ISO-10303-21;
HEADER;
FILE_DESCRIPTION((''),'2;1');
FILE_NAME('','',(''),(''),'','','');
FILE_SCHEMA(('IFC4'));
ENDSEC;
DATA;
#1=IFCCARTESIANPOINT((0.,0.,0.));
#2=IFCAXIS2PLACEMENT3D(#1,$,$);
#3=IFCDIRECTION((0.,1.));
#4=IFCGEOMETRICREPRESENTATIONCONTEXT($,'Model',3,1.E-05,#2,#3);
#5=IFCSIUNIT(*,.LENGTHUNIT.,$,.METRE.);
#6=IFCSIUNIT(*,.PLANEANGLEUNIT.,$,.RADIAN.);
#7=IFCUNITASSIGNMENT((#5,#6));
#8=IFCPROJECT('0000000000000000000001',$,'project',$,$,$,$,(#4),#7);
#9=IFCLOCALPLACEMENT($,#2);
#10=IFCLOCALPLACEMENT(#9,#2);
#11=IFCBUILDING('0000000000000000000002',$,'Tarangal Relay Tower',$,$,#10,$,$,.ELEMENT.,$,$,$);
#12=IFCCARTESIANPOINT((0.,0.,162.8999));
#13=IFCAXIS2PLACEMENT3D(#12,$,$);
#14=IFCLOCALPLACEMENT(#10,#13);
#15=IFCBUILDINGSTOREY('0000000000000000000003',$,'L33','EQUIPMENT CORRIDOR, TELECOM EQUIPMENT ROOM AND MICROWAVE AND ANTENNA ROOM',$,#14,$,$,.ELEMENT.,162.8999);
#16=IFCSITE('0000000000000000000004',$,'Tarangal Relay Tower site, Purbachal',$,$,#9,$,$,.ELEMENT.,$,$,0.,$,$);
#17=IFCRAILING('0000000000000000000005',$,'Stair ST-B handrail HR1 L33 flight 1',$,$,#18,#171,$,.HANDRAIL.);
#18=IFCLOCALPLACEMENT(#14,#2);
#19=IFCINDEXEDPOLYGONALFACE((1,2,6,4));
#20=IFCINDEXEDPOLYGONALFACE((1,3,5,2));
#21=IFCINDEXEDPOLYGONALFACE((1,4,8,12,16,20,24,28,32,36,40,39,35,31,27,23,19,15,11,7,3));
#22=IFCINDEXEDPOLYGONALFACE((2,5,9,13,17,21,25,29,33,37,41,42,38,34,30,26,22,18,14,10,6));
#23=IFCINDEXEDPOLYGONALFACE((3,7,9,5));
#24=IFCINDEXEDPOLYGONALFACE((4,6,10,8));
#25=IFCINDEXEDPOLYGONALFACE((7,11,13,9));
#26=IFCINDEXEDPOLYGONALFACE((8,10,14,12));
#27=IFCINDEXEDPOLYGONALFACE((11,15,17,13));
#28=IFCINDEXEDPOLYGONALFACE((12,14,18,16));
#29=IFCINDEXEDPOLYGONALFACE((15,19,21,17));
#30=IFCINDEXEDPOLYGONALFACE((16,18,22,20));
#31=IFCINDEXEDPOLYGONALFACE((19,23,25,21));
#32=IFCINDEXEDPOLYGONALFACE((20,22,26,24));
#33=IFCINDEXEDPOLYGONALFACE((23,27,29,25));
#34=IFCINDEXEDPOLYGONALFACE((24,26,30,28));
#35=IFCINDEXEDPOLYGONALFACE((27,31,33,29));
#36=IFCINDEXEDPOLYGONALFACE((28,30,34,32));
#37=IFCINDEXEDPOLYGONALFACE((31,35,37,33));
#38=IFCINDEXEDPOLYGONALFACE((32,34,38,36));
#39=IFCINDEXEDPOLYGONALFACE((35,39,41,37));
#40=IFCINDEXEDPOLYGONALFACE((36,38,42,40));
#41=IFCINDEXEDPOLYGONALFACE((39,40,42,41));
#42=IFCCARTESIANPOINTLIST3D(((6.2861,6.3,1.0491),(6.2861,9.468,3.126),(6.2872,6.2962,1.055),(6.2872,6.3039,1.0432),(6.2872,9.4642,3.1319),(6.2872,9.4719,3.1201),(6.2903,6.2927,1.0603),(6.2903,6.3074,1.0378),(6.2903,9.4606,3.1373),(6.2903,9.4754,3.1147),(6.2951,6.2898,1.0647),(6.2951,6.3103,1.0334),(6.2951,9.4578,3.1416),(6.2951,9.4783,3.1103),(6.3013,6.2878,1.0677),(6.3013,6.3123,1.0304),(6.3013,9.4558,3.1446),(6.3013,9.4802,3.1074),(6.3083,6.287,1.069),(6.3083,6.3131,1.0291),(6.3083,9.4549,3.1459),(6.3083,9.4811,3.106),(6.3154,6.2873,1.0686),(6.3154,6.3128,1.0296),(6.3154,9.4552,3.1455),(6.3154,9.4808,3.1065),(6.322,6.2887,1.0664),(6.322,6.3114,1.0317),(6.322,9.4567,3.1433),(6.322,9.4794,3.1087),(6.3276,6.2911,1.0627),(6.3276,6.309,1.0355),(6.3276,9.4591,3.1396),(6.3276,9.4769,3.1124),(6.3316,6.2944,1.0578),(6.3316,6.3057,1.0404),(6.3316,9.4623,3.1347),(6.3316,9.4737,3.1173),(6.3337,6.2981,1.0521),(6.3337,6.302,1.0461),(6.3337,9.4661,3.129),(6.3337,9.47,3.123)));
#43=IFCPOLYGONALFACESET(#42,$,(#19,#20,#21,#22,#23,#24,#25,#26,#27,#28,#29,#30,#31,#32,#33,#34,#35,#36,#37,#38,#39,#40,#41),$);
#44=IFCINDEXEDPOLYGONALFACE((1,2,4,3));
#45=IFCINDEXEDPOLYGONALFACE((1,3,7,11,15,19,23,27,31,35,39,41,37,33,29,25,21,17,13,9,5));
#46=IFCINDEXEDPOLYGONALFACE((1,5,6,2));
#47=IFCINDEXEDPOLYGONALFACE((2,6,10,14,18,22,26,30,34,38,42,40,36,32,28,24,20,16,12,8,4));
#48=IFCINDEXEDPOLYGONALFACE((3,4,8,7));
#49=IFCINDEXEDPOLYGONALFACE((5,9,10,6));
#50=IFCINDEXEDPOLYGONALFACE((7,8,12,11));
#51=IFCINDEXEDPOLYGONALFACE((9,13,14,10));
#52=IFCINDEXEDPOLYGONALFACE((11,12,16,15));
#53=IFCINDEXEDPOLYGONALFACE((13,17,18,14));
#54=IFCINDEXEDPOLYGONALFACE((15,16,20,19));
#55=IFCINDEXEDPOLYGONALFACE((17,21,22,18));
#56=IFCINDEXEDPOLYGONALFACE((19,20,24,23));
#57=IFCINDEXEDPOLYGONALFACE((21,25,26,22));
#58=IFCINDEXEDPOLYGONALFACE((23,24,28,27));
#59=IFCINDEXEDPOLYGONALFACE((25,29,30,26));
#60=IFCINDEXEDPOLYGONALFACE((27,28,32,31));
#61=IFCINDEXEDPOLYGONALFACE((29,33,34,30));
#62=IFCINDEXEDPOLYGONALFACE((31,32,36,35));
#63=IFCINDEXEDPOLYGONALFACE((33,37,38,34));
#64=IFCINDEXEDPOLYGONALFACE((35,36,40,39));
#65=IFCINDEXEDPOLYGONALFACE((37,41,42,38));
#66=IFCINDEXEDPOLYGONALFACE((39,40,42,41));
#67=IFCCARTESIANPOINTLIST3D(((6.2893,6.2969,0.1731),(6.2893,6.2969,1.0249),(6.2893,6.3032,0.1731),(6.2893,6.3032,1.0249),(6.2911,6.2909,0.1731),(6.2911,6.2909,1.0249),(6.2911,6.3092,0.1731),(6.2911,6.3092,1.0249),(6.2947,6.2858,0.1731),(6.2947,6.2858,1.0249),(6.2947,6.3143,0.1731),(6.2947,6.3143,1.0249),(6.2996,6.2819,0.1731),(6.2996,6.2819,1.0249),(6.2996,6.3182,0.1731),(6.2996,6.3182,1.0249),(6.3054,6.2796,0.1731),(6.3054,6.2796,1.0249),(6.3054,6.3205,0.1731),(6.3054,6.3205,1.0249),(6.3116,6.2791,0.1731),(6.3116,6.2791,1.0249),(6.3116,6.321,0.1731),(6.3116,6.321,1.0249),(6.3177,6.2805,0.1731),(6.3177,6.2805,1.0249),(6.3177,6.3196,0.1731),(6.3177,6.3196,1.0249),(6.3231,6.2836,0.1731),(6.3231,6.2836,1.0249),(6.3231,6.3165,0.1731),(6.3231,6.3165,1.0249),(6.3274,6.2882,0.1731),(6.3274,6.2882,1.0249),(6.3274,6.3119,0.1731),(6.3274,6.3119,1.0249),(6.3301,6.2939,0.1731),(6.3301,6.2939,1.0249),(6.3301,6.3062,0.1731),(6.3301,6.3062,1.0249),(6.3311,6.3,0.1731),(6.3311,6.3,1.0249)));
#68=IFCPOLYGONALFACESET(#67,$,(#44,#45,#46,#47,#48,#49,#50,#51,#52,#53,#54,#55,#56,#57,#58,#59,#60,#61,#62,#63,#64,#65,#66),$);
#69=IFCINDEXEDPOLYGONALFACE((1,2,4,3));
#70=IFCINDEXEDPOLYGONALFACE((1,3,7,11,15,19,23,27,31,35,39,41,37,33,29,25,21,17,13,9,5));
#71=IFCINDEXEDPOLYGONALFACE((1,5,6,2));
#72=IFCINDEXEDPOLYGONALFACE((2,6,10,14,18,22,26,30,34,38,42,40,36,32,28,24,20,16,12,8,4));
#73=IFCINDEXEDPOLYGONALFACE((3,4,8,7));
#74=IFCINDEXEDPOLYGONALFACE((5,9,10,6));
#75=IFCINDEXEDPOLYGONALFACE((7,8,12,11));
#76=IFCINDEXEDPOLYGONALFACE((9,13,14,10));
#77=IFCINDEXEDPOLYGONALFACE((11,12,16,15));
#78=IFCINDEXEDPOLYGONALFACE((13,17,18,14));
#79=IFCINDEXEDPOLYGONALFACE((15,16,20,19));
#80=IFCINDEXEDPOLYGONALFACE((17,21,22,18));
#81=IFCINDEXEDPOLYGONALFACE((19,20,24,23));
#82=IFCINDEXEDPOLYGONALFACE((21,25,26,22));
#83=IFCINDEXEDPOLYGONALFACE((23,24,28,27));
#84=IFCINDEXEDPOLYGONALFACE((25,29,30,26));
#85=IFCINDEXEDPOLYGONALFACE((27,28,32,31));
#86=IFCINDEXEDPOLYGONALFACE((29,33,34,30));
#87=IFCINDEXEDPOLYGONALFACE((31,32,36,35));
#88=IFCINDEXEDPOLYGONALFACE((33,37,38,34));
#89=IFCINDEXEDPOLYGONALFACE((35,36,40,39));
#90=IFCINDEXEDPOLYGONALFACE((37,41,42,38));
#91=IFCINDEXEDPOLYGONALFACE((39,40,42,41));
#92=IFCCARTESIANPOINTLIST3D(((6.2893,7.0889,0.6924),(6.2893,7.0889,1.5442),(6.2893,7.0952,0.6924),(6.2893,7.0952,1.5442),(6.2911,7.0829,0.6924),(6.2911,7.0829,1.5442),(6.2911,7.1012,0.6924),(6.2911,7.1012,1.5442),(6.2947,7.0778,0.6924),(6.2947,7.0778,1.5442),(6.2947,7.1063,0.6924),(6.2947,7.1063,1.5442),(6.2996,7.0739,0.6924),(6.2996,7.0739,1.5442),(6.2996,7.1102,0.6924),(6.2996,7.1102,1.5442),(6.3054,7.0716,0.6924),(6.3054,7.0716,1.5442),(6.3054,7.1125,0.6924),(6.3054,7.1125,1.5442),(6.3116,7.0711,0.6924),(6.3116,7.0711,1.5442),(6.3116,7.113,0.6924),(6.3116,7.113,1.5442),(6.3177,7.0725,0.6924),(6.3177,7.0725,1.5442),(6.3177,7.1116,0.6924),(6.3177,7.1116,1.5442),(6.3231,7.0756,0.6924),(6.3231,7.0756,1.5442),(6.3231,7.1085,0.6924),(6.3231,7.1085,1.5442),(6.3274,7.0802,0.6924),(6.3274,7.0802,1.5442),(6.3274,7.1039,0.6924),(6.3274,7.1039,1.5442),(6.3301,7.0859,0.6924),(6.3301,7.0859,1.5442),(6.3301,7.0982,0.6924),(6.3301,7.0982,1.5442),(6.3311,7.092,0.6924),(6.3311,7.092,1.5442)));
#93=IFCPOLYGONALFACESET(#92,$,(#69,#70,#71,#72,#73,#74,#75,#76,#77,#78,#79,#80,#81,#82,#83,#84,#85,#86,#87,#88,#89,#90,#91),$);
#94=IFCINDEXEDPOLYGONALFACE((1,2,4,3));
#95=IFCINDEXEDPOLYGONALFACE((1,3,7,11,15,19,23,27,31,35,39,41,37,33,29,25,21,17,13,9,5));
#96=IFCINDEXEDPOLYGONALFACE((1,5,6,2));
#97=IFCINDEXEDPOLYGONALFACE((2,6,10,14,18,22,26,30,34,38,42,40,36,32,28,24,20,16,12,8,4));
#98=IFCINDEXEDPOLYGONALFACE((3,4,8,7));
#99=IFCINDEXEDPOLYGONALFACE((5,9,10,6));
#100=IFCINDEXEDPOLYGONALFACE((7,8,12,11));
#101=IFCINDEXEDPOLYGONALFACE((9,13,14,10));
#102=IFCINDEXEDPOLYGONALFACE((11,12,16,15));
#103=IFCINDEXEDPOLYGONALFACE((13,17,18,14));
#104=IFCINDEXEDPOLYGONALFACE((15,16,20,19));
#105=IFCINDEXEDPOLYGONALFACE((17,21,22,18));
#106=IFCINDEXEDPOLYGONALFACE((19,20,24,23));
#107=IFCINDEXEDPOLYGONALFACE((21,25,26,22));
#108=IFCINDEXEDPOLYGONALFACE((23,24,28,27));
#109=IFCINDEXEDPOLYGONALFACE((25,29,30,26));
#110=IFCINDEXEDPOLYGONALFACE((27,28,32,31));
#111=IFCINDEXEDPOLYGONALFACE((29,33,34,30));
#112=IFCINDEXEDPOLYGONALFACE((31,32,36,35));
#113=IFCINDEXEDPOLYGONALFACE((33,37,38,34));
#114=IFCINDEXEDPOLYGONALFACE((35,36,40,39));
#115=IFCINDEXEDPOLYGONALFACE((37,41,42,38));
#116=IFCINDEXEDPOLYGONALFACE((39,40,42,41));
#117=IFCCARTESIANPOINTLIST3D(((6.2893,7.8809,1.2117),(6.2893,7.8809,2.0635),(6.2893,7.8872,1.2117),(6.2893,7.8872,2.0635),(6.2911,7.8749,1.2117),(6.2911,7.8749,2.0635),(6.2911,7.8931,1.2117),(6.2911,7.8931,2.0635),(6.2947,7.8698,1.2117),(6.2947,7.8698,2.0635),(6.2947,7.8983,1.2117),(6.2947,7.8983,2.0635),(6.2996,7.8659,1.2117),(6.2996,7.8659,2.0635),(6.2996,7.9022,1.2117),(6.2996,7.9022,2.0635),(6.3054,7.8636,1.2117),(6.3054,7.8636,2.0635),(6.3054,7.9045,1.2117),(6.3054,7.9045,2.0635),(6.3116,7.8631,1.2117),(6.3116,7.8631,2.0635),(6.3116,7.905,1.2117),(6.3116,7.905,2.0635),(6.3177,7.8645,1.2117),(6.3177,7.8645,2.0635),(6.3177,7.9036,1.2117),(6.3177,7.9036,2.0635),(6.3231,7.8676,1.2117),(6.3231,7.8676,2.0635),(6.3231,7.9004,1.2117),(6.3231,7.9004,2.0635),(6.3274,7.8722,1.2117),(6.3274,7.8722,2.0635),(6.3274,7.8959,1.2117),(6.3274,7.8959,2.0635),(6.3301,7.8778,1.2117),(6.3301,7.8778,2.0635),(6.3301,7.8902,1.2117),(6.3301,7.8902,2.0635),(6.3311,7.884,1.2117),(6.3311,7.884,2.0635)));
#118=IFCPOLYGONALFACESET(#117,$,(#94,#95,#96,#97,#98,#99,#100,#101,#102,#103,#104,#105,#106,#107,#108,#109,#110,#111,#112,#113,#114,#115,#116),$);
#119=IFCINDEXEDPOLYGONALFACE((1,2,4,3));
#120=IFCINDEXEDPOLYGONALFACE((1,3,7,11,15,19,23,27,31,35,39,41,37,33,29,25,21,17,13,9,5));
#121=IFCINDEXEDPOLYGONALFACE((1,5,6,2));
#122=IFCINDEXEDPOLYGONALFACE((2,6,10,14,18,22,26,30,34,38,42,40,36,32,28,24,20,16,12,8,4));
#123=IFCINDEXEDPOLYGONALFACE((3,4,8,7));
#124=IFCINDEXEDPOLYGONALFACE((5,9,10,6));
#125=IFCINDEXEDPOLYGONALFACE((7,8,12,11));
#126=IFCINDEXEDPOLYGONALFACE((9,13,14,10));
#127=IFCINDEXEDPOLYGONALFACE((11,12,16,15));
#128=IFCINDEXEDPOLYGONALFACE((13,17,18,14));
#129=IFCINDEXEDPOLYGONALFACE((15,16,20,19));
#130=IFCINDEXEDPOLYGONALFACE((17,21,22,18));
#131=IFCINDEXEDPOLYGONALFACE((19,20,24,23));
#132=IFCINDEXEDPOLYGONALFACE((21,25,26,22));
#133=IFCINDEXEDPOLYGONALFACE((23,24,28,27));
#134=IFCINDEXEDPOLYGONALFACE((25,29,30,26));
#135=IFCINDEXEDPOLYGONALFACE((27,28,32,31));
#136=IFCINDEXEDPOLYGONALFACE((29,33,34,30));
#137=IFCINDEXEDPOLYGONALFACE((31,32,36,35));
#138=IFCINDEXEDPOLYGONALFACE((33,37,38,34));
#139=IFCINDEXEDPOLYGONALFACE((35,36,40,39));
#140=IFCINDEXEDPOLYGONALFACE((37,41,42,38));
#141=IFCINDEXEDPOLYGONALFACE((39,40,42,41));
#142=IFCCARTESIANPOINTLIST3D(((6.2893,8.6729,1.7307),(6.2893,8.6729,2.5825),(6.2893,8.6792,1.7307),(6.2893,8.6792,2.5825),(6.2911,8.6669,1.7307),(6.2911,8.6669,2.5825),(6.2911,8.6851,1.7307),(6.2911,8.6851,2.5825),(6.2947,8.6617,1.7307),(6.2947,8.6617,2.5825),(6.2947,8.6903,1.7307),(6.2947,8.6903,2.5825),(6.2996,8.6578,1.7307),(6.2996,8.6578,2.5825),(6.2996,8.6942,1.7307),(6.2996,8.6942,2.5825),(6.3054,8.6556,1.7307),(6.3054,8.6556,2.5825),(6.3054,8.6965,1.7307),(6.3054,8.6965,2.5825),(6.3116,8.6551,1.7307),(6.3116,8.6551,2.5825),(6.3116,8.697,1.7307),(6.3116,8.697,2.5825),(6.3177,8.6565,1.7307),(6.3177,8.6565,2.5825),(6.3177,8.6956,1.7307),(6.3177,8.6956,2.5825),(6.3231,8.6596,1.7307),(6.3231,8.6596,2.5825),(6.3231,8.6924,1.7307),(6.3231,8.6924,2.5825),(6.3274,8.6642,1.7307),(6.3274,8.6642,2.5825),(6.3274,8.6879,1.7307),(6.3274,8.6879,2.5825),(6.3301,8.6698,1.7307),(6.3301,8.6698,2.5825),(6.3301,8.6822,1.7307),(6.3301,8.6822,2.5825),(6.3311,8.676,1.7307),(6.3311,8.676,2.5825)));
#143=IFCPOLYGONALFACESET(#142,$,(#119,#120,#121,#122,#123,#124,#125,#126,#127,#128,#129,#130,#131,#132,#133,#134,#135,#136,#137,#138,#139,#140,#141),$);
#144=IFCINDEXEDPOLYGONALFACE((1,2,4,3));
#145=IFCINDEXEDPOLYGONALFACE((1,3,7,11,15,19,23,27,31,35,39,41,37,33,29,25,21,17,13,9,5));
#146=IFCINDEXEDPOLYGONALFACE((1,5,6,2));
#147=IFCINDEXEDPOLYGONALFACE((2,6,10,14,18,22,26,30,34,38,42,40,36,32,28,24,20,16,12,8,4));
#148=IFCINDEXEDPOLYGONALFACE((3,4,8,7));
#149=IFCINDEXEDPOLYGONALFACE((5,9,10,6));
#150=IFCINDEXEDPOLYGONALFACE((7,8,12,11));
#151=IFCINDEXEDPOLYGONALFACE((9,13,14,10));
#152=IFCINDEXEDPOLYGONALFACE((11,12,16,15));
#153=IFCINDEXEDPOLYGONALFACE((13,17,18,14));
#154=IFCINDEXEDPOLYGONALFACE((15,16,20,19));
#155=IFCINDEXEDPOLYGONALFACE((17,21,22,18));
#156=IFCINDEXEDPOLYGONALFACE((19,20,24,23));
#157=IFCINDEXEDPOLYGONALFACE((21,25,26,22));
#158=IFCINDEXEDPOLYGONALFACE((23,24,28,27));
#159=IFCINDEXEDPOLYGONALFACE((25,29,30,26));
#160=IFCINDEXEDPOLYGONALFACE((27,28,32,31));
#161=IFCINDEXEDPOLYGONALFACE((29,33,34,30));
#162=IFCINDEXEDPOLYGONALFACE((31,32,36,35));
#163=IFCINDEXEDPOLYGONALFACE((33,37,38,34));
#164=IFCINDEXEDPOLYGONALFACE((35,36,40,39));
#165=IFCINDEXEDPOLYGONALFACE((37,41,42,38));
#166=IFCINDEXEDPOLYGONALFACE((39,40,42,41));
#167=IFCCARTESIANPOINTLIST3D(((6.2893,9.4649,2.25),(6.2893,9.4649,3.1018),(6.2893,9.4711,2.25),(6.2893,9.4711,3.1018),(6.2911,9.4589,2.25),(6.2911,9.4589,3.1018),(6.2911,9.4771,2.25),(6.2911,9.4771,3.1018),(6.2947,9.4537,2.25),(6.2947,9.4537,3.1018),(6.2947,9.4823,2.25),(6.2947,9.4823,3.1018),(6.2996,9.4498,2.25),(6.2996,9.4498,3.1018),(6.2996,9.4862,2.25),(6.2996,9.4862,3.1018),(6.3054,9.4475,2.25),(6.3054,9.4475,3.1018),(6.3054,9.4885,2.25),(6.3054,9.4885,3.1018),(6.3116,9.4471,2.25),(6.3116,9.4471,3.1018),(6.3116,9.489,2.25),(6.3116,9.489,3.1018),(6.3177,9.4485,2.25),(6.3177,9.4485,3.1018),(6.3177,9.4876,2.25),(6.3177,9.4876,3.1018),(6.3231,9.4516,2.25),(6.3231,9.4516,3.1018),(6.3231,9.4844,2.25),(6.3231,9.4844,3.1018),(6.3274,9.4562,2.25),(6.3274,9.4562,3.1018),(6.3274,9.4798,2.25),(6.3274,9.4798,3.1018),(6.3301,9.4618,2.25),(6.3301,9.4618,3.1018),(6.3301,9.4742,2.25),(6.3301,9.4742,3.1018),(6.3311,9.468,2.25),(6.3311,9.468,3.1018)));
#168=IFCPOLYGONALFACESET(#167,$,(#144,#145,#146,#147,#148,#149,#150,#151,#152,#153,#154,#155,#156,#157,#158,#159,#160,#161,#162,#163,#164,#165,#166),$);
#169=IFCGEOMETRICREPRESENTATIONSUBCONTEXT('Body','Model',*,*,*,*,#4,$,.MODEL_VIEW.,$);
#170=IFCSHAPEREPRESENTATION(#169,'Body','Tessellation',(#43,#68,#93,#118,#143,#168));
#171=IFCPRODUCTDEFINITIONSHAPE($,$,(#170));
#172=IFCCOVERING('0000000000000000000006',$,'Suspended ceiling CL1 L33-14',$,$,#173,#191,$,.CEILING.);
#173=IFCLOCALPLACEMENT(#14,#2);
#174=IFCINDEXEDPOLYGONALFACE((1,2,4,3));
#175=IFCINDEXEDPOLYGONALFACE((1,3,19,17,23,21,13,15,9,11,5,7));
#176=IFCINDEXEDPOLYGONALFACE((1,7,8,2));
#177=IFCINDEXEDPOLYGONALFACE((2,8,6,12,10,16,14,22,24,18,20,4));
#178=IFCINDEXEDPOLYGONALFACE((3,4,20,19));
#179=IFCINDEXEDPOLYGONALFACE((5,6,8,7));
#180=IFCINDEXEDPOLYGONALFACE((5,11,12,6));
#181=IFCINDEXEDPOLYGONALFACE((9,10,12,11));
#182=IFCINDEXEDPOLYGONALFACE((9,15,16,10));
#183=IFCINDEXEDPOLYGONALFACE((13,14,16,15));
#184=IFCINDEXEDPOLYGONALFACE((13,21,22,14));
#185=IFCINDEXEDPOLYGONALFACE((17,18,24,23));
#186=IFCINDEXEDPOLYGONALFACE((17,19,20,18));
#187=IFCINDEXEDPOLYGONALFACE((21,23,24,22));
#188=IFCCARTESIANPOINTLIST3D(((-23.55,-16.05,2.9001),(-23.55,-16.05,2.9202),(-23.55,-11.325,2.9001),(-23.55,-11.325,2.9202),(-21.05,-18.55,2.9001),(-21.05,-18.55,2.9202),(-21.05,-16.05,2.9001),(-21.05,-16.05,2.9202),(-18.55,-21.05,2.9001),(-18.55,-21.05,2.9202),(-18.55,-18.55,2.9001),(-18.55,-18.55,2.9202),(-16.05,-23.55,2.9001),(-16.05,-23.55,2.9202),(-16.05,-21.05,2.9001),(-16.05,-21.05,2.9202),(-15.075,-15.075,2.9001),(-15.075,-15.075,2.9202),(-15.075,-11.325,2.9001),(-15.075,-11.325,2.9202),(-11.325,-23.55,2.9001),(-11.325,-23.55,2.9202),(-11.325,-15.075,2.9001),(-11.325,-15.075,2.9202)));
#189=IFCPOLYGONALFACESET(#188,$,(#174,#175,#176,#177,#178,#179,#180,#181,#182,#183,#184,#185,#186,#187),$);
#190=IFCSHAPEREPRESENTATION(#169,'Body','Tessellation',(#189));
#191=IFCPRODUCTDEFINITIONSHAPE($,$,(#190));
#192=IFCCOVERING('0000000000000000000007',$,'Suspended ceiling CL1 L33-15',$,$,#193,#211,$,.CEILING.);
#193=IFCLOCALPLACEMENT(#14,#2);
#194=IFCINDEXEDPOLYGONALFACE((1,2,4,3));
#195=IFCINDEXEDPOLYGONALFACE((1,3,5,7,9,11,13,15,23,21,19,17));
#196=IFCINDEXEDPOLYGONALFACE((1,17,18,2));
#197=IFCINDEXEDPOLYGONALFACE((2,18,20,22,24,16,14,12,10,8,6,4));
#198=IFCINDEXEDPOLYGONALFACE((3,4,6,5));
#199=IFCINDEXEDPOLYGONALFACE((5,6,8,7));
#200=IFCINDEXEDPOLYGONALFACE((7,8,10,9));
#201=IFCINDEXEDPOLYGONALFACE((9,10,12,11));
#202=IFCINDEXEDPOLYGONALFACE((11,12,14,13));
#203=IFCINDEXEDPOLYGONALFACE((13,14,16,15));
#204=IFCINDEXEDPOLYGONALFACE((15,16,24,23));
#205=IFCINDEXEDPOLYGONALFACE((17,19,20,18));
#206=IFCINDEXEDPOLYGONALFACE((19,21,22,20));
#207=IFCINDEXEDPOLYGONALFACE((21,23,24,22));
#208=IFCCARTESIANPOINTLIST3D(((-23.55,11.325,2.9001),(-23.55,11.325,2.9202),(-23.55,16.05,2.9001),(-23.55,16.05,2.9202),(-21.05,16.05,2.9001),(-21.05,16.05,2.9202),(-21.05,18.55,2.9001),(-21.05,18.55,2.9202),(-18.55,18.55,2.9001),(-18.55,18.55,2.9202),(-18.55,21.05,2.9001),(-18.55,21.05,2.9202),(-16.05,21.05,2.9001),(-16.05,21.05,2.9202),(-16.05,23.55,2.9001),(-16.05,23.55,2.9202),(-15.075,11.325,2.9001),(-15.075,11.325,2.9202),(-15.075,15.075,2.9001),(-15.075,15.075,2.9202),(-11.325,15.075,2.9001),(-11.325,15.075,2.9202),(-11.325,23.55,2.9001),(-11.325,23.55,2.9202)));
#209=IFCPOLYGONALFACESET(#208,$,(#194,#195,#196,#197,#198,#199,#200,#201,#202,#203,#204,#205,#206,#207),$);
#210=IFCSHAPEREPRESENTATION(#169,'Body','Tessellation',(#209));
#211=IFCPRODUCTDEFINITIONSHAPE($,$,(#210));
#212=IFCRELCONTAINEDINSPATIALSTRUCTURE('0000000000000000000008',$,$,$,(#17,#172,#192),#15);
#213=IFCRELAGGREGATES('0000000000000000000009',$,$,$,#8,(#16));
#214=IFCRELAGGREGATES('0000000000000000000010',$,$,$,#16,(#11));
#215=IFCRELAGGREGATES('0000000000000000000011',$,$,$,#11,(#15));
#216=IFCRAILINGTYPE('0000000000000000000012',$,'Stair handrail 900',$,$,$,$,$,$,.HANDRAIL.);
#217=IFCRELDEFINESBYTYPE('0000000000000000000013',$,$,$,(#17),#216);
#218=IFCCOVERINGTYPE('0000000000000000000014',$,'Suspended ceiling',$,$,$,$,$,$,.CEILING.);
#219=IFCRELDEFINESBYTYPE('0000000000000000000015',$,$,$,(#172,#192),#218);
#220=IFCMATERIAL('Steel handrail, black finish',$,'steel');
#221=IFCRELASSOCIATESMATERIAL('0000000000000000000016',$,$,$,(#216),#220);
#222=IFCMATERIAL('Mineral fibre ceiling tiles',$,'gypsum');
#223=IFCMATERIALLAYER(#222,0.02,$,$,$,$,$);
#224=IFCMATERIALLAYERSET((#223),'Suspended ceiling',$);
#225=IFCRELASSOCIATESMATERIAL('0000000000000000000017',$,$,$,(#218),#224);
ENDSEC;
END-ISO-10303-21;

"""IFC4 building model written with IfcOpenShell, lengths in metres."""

from ifc_helpers import new_model, si_unit, direction, frame, origin, origin_2d, place, context, subcontext, project, spatial, polyline, circle, outline, extrude, material, layer, layer_set, type_object, element, save


model = new_model("IFC4")

# Units and contexts
model_context = context("Model", 3, precision=1e-05, world=origin(), true_north=direction((0.0, 1.0)))
body_context = subcontext(model_context, "Body", "Model", "MODEL_VIEW")
ifc_project = project(units=[si_unit("LENGTHUNIT", "METRE"), si_unit("PLANEANGLEUNIT", "RADIAN")], contexts=[model_context])

# Site, building, storey
site_placement = place(None, origin())
site = spatial("IfcSite", under=ifc_project, at=site_placement, Name="Tarangal Relay Tower site, Purbachal", CompositionType="ELEMENT", RefElevation=0.0)
building_placement = place(site_placement, origin())
building = spatial("IfcBuilding", under=site, at=building_placement, Name="Tarangal Relay Tower", CompositionType="ELEMENT")
storey_placement = place(building_placement, frame((0.0, 0.0, 162.8999)))
storey = spatial("IfcBuildingStorey", under=building, at=storey_placement, Name="L33", Description="EQUIPMENT CORRIDOR, TELECOM EQUIPMENT ROOM AND MICROWAVE AND ANTENNA ROOM", CompositionType="ELEMENT", Elevation=162.8999)

# Railing
ifc_material_1 = material(Name="Steel handrail, black finish", Category="steel")
railing_type_1 = type_object("IfcRailingType", Name="Stair handrail 900", PredefinedType="HANDRAIL", material=ifc_material_1)
railing_1_placement = place(storey_placement, frame((6.3101, 6.3, 0.1731)))
element("IfcRailing", 1, at=railing_1_placement, inside=storey, type_object=railing_type_1, Name="Stair ST-B handrail HR1 L33 flight 1", PredefinedType="HANDRAIL", context=body_context, shape_type="SweptSolid", body=[
    extrude(circle(Radius=0.0239, at=origin_2d()), frame((0.0, 0.0, 0.876), z_axis=(0.0, 0.836299, 0.548273), x_axis=(-1.0, 0.0, 0.0)), (0.0, 0.0, 1.0), 3.7881),
    extrude(circle(Radius=0.021, at=origin_2d()), origin(), (0.0, 0.0, 1.0), 0.8518),
    extrude(circle(Radius=0.021, at=origin_2d()), frame((0.0, 0.792, 0.5193)), (0.0, 0.0, 1.0), 0.8518),
    extrude(circle(Radius=0.021, at=origin_2d()), frame((0.0, 1.584, 1.0386)), (0.0, 0.0, 1.0), 0.8518),
    extrude(circle(Radius=0.021, at=origin_2d()), frame((0.0, 2.376, 1.5576)), (0.0, 0.0, 1.0), 0.8518),
    extrude(circle(Radius=0.021, at=origin_2d()), frame((0.0, 3.168, 2.0769)), (0.0, 0.0, 1.0), 0.8518),
])

# Coverings
ifc_material_2 = material(Name="Mineral fibre ceiling tiles", Category="gypsum")
ifc_layer_1 = layer(ifc_material_2, 0.02)
ifc_layer_set_1 = layer_set([ifc_layer_1], Name="Suspended ceiling")
covering_type_1 = type_object("IfcCoveringType", Name="Suspended ceiling", PredefinedType="CEILING", material=ifc_layer_set_1)
covering_1_placement = place(storey_placement, frame((0.0, 0.0, 2.9001)))
element("IfcCovering", 2, at=covering_1_placement, inside=storey, type_object=covering_type_1, Name="Suspended ceiling CL1 L33-14", PredefinedType="CEILING", context=body_context, shape_type="SweptSolid", body=[
    extrude(outline(polyline([(-16.05, -21.05), (-16.05, -23.55), (-11.325, -23.55), (-11.325, -15.075), (-15.075, -15.075), (-15.075, -11.325), (-23.55, -11.325), (-23.55, -16.05), (-21.05, -16.05), (-21.05, -18.55), (-18.55, -18.55), (-18.55, -21.05), (-16.05, -21.05)])), origin(), (0.0, 0.0, 1.0), 0.02),
])
covering_2_placement = place(storey_placement, frame((0.0, 0.0, 2.9001)))
element("IfcCovering", 3, at=covering_2_placement, inside=storey, type_object=covering_type_1, Name="Suspended ceiling CL1 L33-15", PredefinedType="CEILING", context=body_context, shape_type="SweptSolid", body=[
    extrude(outline(polyline([(-21.05, 16.05), (-23.55, 16.05), (-23.55, 11.325), (-15.075, 11.325), (-15.075, 15.075), (-11.325, 15.075), (-11.325, 23.55), (-16.05, 23.55), (-16.05, 21.05), (-18.55, 21.05), (-18.55, 18.55), (-21.05, 18.55), (-21.05, 16.05)])), origin(), (0.0, 0.0, 1.0), 0.02),
])

save(model, "model.ifc")
